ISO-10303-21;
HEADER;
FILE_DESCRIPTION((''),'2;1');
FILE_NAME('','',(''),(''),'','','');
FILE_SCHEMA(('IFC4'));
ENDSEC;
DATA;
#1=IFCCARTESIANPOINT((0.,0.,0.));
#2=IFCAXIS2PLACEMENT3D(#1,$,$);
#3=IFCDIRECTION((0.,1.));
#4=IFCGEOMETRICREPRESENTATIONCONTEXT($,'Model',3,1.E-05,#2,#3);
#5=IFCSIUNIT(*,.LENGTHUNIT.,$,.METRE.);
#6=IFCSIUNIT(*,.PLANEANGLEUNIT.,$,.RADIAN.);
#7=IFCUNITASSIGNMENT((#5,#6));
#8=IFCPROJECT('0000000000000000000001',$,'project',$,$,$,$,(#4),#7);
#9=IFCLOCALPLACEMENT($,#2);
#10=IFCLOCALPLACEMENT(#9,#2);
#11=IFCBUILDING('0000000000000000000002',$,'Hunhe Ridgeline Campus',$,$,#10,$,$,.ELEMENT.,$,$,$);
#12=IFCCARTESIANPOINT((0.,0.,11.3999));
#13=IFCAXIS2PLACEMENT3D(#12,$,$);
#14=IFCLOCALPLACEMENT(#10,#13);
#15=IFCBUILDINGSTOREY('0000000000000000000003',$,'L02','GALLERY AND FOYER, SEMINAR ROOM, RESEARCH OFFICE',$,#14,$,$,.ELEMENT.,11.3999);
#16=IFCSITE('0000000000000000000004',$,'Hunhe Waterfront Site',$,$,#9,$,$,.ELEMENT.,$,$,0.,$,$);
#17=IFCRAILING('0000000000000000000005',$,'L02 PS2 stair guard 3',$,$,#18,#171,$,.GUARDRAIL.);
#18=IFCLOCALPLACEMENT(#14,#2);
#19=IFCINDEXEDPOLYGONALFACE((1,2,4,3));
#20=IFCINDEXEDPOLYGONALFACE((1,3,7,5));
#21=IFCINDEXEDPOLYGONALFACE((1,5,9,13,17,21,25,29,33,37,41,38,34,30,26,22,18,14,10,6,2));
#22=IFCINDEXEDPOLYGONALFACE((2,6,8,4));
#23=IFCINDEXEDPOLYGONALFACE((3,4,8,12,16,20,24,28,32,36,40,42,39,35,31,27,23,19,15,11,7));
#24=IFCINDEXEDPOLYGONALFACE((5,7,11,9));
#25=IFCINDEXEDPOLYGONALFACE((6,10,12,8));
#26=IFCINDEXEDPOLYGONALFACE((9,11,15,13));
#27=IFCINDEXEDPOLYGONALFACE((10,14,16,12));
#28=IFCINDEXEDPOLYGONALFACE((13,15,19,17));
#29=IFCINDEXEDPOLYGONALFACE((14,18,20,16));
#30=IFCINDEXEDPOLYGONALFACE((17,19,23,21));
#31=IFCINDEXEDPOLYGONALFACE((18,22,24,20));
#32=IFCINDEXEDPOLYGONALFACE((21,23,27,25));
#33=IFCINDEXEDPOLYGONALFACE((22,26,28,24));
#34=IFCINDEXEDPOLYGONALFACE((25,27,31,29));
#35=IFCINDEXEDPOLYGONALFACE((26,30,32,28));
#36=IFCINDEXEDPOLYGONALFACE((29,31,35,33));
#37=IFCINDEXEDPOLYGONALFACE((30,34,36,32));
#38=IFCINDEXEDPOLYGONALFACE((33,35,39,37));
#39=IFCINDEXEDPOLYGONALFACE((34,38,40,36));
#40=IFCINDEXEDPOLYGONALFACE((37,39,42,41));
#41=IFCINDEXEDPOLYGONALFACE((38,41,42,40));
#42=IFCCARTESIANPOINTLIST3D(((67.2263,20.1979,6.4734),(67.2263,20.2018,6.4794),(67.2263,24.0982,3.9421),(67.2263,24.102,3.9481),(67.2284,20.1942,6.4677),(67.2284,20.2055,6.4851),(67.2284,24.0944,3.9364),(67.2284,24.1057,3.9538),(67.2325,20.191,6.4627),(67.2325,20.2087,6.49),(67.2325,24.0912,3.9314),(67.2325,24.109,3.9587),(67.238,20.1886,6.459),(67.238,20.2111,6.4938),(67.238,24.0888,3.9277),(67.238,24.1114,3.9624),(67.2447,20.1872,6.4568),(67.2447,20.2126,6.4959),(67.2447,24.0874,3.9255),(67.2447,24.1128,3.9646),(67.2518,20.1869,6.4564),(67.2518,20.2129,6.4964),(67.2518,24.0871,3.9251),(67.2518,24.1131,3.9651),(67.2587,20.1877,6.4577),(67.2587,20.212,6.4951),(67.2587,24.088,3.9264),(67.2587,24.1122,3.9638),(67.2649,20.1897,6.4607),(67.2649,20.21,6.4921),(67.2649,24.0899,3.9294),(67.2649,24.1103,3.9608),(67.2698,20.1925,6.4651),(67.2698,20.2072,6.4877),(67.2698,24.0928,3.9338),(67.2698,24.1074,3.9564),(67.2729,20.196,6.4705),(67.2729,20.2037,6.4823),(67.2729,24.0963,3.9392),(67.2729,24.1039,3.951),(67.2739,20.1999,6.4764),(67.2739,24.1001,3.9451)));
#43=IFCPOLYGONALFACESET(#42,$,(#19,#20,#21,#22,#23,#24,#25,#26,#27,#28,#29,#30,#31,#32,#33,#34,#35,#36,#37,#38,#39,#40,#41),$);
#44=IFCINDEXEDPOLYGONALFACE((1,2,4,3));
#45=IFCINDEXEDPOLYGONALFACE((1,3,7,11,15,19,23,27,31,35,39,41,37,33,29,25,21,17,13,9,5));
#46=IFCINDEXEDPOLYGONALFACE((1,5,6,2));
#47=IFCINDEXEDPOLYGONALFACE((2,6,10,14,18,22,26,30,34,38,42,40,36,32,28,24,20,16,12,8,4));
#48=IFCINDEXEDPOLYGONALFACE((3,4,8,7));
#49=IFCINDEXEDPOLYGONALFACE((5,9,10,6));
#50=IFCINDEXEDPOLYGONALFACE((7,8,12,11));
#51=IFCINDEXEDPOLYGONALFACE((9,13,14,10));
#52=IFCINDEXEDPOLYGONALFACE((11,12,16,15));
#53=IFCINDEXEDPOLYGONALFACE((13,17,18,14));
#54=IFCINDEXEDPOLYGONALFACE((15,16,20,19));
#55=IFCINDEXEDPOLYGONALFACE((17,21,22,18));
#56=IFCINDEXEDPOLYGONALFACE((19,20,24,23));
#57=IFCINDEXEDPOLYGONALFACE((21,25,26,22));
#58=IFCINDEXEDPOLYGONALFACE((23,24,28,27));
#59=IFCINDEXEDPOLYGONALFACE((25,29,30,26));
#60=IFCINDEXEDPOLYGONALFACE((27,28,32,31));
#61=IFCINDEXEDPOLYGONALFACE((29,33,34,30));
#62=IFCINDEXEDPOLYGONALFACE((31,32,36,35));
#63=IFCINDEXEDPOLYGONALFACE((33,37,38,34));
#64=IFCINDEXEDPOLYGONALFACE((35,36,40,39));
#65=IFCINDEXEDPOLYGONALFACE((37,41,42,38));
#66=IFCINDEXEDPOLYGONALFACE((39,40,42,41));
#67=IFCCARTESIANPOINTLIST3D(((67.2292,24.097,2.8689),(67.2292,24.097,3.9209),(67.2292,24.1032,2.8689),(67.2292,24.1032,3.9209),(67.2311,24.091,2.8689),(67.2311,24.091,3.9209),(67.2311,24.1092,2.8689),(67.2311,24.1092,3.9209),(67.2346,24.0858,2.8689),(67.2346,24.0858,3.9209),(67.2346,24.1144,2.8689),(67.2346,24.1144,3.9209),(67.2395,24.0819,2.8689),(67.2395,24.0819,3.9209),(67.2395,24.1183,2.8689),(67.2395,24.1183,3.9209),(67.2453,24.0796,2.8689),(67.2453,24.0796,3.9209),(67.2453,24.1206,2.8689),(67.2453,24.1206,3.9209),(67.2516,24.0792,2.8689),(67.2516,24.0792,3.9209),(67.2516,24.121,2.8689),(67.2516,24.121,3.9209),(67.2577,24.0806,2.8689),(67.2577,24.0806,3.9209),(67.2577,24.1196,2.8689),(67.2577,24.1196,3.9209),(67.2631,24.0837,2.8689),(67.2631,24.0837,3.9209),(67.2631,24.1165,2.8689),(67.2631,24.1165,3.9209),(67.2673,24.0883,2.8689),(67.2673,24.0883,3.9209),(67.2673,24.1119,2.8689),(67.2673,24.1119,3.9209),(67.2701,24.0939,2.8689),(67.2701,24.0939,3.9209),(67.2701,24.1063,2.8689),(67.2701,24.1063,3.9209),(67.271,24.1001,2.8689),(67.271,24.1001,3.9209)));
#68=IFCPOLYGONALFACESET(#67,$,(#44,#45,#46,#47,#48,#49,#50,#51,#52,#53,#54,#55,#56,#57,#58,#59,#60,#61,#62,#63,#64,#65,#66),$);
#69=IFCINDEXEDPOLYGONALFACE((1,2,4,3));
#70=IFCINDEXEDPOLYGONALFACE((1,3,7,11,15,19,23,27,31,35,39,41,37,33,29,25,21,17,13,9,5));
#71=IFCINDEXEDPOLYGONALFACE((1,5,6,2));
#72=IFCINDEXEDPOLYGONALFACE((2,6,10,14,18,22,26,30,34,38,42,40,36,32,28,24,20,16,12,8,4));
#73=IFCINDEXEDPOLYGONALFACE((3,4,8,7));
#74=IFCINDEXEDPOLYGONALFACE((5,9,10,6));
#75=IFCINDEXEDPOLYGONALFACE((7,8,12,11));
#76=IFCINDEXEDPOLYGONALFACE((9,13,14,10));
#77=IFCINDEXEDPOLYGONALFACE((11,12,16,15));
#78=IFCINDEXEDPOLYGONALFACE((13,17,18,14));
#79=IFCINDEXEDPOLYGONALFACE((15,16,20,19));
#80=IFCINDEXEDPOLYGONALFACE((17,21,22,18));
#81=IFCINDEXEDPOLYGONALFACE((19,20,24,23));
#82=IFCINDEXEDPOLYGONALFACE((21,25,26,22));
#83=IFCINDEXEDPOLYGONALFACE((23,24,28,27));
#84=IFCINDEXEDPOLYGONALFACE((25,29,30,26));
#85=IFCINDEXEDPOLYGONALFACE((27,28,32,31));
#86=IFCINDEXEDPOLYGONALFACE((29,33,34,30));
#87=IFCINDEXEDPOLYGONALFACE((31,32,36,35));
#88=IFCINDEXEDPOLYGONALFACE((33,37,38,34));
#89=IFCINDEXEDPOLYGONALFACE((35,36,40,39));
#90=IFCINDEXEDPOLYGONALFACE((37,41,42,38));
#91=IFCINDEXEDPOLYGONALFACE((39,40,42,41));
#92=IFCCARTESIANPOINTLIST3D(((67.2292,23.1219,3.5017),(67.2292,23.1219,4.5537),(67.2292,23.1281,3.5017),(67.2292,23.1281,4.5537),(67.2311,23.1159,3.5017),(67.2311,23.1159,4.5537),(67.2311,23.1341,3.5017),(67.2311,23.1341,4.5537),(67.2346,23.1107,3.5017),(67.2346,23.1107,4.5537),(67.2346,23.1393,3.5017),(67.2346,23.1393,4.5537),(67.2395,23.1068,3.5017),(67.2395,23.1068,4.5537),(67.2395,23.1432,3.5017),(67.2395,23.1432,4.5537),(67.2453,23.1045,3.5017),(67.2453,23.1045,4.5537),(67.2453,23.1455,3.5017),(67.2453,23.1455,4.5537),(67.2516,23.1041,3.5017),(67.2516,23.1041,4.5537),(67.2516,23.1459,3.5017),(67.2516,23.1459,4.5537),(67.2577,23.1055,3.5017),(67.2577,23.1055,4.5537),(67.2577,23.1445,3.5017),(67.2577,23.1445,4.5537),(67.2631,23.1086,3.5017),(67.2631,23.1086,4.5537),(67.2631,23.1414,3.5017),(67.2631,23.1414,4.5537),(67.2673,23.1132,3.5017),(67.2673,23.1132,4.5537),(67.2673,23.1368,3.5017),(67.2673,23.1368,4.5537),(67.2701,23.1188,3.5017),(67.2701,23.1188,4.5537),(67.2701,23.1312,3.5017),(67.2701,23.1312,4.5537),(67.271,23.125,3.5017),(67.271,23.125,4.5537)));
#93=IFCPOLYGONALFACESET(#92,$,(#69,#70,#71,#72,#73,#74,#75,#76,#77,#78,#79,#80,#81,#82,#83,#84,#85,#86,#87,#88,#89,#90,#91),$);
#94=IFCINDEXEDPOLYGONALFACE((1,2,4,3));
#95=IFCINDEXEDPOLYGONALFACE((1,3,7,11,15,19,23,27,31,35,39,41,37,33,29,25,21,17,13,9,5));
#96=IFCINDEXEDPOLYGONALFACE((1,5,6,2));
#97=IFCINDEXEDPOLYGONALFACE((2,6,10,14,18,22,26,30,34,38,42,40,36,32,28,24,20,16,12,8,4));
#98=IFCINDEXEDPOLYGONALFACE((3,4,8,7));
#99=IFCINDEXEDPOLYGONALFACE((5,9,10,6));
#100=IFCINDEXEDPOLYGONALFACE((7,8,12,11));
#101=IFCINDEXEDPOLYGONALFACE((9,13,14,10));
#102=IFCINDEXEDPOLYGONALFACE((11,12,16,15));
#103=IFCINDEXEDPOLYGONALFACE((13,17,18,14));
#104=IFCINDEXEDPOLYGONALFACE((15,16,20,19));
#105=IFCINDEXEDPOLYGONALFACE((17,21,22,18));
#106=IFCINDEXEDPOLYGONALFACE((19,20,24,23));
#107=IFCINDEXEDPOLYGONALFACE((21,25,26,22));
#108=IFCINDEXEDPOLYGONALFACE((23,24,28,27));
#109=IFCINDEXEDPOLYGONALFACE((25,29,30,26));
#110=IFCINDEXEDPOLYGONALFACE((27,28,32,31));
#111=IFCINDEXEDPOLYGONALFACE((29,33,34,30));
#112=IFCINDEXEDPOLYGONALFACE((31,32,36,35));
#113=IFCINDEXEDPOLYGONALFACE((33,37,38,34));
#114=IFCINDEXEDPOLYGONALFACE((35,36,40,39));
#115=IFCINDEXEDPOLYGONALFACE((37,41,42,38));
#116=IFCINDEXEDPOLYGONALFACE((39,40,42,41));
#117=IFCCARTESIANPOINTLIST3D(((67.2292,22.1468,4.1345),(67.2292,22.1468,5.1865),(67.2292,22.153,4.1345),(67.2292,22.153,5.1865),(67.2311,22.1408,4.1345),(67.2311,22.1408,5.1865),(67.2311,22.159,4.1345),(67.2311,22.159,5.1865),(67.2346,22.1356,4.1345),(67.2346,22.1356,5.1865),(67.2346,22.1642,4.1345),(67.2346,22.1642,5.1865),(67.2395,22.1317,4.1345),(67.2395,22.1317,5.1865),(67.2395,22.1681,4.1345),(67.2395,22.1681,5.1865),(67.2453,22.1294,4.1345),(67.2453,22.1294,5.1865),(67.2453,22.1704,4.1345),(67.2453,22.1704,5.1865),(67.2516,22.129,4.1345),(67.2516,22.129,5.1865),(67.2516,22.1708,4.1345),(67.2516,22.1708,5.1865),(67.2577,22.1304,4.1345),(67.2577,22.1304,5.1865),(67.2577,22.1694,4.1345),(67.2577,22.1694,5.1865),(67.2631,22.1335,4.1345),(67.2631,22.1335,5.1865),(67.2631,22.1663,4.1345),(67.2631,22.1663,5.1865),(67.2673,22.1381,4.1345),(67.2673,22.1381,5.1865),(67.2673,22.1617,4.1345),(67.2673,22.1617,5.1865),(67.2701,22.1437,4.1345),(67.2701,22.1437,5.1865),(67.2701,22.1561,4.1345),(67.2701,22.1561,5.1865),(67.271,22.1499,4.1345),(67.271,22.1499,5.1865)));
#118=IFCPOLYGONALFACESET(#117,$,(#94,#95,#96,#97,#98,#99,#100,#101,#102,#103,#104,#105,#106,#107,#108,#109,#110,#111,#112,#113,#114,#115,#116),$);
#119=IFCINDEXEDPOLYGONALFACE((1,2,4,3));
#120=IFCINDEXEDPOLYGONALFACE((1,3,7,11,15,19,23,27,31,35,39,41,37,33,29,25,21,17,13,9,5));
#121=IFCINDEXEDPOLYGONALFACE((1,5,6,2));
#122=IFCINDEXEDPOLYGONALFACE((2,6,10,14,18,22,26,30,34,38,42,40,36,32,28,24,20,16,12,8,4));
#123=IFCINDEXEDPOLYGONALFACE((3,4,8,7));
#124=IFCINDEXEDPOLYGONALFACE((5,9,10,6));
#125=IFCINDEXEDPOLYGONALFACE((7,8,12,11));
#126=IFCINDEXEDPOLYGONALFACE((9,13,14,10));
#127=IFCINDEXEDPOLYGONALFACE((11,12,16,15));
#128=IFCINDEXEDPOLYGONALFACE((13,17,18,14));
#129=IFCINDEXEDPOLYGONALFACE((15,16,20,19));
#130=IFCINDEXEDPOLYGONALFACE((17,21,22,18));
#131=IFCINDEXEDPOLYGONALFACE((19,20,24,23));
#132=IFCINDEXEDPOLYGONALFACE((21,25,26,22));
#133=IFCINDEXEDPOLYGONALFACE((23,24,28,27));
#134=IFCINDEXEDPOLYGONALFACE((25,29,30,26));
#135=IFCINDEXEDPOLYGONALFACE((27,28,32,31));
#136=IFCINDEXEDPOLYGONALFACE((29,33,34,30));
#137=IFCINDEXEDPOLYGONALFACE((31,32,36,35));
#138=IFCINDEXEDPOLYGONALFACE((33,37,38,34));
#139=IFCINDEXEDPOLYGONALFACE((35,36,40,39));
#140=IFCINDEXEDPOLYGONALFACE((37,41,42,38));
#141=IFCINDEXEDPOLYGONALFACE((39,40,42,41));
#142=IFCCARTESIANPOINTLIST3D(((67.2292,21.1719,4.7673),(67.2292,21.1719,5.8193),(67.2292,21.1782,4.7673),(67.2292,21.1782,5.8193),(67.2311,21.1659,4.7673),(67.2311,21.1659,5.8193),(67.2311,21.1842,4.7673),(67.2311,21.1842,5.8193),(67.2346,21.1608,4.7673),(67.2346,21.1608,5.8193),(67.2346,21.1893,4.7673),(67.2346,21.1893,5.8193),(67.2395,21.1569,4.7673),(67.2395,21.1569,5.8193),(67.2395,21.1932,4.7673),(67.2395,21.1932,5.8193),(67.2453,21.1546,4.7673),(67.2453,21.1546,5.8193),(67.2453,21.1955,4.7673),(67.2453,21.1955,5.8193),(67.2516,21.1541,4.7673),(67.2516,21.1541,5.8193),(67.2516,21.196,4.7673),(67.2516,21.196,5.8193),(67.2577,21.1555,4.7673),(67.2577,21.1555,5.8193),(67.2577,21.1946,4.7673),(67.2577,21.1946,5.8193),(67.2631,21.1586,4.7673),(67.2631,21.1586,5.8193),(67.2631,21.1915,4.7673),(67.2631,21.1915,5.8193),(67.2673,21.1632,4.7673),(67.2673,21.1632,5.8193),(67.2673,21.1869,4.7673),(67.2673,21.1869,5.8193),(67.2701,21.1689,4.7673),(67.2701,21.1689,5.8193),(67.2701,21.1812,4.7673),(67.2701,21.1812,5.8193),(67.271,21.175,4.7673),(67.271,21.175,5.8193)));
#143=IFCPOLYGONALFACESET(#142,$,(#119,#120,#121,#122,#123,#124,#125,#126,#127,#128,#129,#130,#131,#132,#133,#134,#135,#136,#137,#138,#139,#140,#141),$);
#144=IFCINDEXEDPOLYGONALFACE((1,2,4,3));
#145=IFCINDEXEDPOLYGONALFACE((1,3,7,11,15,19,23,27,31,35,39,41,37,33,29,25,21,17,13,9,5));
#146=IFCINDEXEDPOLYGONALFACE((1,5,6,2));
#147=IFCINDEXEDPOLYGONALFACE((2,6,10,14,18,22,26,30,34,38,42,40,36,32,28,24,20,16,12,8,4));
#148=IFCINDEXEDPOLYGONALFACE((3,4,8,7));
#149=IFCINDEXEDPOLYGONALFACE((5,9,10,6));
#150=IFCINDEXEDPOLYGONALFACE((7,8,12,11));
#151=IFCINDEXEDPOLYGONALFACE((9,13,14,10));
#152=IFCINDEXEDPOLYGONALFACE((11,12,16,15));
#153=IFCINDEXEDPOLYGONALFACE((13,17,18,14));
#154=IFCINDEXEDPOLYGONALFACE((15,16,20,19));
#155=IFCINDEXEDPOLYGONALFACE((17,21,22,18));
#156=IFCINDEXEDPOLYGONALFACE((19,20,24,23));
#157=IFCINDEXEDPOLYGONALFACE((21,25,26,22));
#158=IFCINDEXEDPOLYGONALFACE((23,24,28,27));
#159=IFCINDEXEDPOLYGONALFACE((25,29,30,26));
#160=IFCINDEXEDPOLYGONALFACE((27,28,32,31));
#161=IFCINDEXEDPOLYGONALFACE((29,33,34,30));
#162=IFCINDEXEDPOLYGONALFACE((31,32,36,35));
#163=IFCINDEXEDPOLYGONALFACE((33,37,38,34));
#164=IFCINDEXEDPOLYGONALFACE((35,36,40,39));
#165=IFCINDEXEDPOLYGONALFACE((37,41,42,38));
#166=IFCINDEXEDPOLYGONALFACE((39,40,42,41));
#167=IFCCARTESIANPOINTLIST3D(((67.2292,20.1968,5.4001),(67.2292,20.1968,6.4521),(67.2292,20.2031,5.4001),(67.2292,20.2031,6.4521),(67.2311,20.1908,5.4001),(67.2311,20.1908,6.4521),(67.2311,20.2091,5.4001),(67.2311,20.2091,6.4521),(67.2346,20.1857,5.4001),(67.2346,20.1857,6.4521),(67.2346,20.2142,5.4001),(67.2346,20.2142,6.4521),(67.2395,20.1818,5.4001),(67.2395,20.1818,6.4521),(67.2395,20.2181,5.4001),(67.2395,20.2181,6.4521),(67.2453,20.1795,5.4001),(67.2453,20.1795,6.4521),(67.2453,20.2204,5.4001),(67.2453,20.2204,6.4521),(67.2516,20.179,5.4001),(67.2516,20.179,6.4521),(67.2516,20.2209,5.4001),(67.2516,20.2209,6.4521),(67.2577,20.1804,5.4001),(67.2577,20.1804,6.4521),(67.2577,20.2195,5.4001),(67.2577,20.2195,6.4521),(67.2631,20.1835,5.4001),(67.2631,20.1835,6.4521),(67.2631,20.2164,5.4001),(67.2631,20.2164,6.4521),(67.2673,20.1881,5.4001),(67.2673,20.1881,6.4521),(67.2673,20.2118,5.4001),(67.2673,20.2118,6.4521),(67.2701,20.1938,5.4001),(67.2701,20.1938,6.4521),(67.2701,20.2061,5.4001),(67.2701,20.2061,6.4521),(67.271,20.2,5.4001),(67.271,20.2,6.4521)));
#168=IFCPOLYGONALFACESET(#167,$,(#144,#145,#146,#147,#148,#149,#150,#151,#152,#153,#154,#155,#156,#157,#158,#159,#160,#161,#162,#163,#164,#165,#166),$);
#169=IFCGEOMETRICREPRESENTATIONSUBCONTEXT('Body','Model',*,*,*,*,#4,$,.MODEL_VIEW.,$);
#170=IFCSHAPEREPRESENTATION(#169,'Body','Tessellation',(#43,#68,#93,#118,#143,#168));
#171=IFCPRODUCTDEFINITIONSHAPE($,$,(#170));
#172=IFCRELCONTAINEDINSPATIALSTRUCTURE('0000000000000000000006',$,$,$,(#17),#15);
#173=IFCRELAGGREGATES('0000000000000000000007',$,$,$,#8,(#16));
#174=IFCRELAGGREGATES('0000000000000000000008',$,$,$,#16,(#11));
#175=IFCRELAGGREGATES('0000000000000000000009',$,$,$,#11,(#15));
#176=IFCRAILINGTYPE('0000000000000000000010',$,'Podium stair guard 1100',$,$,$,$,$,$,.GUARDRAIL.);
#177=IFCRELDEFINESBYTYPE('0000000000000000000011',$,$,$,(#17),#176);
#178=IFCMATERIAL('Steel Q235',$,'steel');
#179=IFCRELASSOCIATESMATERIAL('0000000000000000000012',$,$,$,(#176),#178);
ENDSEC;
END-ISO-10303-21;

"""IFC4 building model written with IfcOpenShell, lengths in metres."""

from ifc_helpers import new_model, si_unit, direction, frame, origin, origin_2d, place, context, subcontext, project, spatial, circle, extrude, material, type_object, element, save


model = new_model("IFC4")

# Units and contexts
model_context = context("Model", 3, precision=1e-05, world=origin(), true_north=direction((0.0, 1.0)))
body_context = subcontext(model_context, "Body", "Model", "MODEL_VIEW")
ifc_project = project(units=[si_unit("LENGTHUNIT", "METRE"), si_unit("PLANEANGLEUNIT", "RADIAN")], contexts=[model_context])

# Site, building, storey
site_placement = place(None, origin())
site = spatial("IfcSite", under=ifc_project, at=site_placement, Name="Hunhe Waterfront Site", CompositionType="ELEMENT", RefElevation=0.0)
building_placement = place(site_placement, origin())
building = spatial("IfcBuilding", under=site, at=building_placement, Name="Hunhe Ridgeline Campus", CompositionType="ELEMENT")
storey_placement = place(building_placement, frame((0.0, 0.0, 11.3999)))
storey = spatial("IfcBuildingStorey", under=building, at=storey_placement, Name="L02", Description="GALLERY AND FOYER, SEMINAR ROOM, RESEARCH OFFICE", CompositionType="ELEMENT", Elevation=11.3999)

# Shared definitions
ifc_material_1 = material(Name="Steel Q235", Category="steel")

# Railing
railing_type_1 = type_object("IfcRailingType", Name="Podium stair guard 1100", PredefinedType="GUARDRAIL", material=ifc_material_1)
railing_1_placement = place(storey_placement, frame((67.25, 24.1001, 2.8689)))
element("IfcRailing", 1, at=railing_1_placement, inside=storey, type_object=railing_type_1, Name="L02 PS2 stair guard 3", PredefinedType="GUARDRAIL", context=body_context, shape_type="SweptSolid", body=[
    extrude(circle(Radius=0.0239, at=origin_2d()), frame((0.0, 0.0, 1.0762), z_axis=(0.0, -0.838821, 0.544407), x_axis=(1.0, 0.0, 0.0)), (0.0, 0.0, 1.0), 4.6497),
    extrude(circle(Radius=0.021, at=origin_2d()), origin(), (0.0, 0.0, 1.0), 1.052),
    extrude(circle(Radius=0.021, at=origin_2d()), frame((0.0, -0.9751, 0.6328)), (0.0, 0.0, 1.0), 1.052),
    extrude(circle(Radius=0.021, at=origin_2d()), frame((0.0, -1.9502, 1.2656)), (0.0, 0.0, 1.0), 1.052),
    extrude(circle(Radius=0.021, at=origin_2d()), frame((0.0, -2.925, 1.8984)), (0.0, 0.0, 1.0), 1.052),
    extrude(circle(Radius=0.021, at=origin_2d()), frame((0.0, -3.9001, 2.5312)), (0.0, 0.0, 1.0), 1.052),
])

save(model, "model.ifc")
